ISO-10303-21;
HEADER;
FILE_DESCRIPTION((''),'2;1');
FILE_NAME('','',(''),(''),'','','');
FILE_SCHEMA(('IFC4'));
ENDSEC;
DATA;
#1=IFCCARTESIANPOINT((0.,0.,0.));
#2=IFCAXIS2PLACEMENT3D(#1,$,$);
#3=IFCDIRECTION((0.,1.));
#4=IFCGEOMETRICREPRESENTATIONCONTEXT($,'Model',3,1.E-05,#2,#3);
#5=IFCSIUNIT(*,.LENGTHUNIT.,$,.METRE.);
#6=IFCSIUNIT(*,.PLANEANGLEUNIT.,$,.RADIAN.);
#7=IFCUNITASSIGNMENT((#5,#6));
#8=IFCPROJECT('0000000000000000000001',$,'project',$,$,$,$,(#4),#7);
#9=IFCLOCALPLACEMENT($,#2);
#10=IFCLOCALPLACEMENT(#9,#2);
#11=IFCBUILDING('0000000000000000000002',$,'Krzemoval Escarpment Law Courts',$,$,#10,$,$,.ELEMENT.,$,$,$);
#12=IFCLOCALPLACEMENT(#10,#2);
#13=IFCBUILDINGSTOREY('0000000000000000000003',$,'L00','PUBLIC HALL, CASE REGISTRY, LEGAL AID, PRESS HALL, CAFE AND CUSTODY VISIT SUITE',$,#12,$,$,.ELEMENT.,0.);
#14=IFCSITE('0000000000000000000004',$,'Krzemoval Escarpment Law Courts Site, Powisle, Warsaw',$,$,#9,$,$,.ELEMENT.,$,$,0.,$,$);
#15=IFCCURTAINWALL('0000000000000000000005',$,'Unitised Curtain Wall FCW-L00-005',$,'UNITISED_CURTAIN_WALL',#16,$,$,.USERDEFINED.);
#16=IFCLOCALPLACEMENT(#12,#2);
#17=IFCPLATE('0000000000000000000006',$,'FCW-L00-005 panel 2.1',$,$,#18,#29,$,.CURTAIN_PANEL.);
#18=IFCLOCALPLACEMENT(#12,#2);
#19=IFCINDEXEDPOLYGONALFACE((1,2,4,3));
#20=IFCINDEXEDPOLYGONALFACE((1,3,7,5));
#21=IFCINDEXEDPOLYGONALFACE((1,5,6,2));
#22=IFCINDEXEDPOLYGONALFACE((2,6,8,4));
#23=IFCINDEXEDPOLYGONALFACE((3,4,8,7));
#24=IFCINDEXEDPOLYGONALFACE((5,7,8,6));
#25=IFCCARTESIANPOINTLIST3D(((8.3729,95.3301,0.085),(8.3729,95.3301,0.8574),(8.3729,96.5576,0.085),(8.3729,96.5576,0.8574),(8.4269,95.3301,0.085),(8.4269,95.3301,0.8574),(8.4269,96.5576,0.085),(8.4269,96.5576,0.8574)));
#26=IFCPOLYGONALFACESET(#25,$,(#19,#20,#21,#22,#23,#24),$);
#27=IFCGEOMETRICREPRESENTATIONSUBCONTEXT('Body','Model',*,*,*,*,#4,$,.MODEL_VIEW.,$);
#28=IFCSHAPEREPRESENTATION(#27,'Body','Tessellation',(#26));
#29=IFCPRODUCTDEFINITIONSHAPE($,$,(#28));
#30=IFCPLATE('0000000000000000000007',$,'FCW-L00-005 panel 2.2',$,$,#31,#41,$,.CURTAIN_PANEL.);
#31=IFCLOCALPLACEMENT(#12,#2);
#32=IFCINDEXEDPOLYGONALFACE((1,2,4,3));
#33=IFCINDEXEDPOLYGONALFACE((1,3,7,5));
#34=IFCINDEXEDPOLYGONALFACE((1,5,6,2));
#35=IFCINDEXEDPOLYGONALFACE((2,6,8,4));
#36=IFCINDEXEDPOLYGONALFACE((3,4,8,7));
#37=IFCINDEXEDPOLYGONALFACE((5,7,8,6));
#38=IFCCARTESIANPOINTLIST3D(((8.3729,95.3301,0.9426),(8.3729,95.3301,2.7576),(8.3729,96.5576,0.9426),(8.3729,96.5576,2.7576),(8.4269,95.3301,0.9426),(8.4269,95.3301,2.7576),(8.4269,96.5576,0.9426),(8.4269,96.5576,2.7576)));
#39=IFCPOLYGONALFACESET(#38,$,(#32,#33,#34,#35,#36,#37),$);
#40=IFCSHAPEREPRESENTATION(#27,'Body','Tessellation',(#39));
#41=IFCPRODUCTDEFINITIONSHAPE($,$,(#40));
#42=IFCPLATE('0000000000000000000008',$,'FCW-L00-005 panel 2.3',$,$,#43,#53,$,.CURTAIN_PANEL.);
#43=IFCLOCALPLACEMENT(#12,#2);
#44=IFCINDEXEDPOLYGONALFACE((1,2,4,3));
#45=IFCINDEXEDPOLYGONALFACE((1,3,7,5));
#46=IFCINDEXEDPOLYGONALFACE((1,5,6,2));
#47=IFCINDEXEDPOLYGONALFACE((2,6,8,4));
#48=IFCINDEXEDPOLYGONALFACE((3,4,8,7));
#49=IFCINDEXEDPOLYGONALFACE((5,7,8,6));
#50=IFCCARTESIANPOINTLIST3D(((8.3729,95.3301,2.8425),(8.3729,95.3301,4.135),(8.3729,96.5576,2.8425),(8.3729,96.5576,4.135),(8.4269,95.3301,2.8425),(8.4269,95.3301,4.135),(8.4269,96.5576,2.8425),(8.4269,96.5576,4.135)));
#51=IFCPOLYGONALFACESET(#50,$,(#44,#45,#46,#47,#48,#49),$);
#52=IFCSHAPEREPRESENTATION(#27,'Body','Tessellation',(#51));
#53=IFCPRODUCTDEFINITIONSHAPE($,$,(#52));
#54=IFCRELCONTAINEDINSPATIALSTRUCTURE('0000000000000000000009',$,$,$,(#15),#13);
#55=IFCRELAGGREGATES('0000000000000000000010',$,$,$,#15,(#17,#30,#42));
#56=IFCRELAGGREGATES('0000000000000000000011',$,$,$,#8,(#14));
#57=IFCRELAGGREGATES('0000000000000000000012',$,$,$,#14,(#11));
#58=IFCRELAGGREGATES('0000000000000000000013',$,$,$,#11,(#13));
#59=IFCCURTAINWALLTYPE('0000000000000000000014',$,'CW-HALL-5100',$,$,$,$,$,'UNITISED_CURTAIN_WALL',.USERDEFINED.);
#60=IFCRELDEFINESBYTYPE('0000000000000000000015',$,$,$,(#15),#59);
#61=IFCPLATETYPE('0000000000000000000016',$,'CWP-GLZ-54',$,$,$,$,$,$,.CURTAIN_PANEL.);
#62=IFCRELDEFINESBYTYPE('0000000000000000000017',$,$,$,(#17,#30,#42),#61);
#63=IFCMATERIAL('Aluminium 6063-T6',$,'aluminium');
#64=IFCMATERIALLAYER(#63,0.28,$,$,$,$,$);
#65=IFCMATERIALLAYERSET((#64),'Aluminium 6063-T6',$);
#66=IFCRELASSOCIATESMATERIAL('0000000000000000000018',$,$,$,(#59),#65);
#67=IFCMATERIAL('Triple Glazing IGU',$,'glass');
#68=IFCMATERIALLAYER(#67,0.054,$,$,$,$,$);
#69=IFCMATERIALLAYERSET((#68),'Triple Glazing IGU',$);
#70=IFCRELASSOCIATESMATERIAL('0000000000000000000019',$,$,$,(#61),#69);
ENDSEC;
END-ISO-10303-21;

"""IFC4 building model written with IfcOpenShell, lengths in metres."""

from ifc_helpers import new_model, si_unit, direction, frame, origin, origin_2d, place, context, subcontext, project, spatial, rectangle, extrude, material, layer, layer_set, type_object, element, aggregate, save


model = new_model("IFC4")

# Units and contexts
model_context = context("Model", 3, precision=1e-05, world=origin(), true_north=direction((0.0, 1.0)))
body_context = subcontext(model_context, "Body", "Model", "MODEL_VIEW")
ifc_project = project(units=[si_unit("LENGTHUNIT", "METRE"), si_unit("PLANEANGLEUNIT", "RADIAN")], contexts=[model_context])

# Site, building, storey
site_placement = place(None, origin())
site = spatial("IfcSite", under=ifc_project, at=site_placement, Name="Krzemoval Escarpment Law Courts Site, Powisle, Warsaw", CompositionType="ELEMENT", RefElevation=0.0)
building_placement = place(site_placement, origin())
building = spatial("IfcBuilding", under=site, at=building_placement, Name="Krzemoval Escarpment Law Courts", CompositionType="ELEMENT")
storey_placement = place(building_placement, origin())
storey = spatial("IfcBuildingStorey", under=building, at=storey_placement, Name="L00", Description="PUBLIC HALL, CASE REGISTRY, LEGAL AID, PRESS HALL, CAFE AND CUSTODY VISIT SUITE", CompositionType="ELEMENT", Elevation=0.0)

# Curtain wall
ifc_material_1 = material(Name="Aluminium 6063-T6", Category="aluminium")
ifc_layer_1 = layer(ifc_material_1, 0.28)
ifc_layer_set_1 = layer_set([ifc_layer_1], Name="Aluminium 6063-T6")
curtain_wall_type = type_object("IfcCurtainWallType", Name="CW-HALL-5100", ElementType="UNITISED_CURTAIN_WALL", PredefinedType="USERDEFINED", material=ifc_layer_set_1)
curtain_wall_1_placement = place(storey_placement, origin())
curtain_wall_1 = element("IfcCurtainWall", 1, at=curtain_wall_1_placement, inside=storey, type_object=curtain_wall_type, Name="Unitised Curtain Wall FCW-L00-005", ObjectType="UNITISED_CURTAIN_WALL", PredefinedType="USERDEFINED")

# Plates
ifc_material_2 = material(Name="Triple Glazing IGU", Category="glass")
ifc_layer_2 = layer(ifc_material_2, 0.054)
ifc_layer_set_2 = layer_set([ifc_layer_2], Name="Triple Glazing IGU")
plate_type = type_object("IfcPlateType", Name="CWP-GLZ-54", PredefinedType="CURTAIN_PANEL", material=ifc_layer_set_2)
plate_1_placement = place(storey_placement, frame((8.3999, 95.9438, 0.085), z_axis=(0.0, 0.0, 1.0), x_axis=(0.0, 1.0, 0.0)))
plate_1 = element("IfcPlate", 2, at=plate_1_placement, type_object=plate_type, Name="FCW-L00-005 panel 2.1", PredefinedType="CURTAIN_PANEL", context=body_context, shape_type="SweptSolid", body=[
    extrude(rectangle(XDim=1.2275, YDim=0.054, at=origin_2d()), origin(), (0.0, 0.0, 1.0), 0.7725),
])
plate_2_placement = place(storey_placement, frame((8.3999, 95.9438, 0.9426), z_axis=(0.0, 0.0, 1.0), x_axis=(0.0, 1.0, 0.0)))
plate_2 = element("IfcPlate", 3, at=plate_2_placement, type_object=plate_type, Name="FCW-L00-005 panel 2.2", PredefinedType="CURTAIN_PANEL", context=body_context, shape_type="SweptSolid", body=[
    extrude(rectangle(XDim=1.2275, YDim=0.054, at=origin_2d()), origin(), (0.0, 0.0, 1.0), 1.8149),
])
plate_3_placement = place(storey_placement, frame((8.3999, 95.9438, 2.8425), z_axis=(0.0, 0.0, 1.0), x_axis=(0.0, 1.0, 0.0)))
plate_3 = element("IfcPlate", 4, at=plate_3_placement, type_object=plate_type, Name="FCW-L00-005 panel 2.3", PredefinedType="CURTAIN_PANEL", context=body_context, shape_type="SweptSolid", body=[
    extrude(rectangle(XDim=1.2275, YDim=0.054, at=origin_2d()), origin(), (0.0, 0.0, 1.0), 1.2925),
])
aggregate(curtain_wall_1, [plate_1, plate_2, plate_3])

save(model, "model.ifc")
